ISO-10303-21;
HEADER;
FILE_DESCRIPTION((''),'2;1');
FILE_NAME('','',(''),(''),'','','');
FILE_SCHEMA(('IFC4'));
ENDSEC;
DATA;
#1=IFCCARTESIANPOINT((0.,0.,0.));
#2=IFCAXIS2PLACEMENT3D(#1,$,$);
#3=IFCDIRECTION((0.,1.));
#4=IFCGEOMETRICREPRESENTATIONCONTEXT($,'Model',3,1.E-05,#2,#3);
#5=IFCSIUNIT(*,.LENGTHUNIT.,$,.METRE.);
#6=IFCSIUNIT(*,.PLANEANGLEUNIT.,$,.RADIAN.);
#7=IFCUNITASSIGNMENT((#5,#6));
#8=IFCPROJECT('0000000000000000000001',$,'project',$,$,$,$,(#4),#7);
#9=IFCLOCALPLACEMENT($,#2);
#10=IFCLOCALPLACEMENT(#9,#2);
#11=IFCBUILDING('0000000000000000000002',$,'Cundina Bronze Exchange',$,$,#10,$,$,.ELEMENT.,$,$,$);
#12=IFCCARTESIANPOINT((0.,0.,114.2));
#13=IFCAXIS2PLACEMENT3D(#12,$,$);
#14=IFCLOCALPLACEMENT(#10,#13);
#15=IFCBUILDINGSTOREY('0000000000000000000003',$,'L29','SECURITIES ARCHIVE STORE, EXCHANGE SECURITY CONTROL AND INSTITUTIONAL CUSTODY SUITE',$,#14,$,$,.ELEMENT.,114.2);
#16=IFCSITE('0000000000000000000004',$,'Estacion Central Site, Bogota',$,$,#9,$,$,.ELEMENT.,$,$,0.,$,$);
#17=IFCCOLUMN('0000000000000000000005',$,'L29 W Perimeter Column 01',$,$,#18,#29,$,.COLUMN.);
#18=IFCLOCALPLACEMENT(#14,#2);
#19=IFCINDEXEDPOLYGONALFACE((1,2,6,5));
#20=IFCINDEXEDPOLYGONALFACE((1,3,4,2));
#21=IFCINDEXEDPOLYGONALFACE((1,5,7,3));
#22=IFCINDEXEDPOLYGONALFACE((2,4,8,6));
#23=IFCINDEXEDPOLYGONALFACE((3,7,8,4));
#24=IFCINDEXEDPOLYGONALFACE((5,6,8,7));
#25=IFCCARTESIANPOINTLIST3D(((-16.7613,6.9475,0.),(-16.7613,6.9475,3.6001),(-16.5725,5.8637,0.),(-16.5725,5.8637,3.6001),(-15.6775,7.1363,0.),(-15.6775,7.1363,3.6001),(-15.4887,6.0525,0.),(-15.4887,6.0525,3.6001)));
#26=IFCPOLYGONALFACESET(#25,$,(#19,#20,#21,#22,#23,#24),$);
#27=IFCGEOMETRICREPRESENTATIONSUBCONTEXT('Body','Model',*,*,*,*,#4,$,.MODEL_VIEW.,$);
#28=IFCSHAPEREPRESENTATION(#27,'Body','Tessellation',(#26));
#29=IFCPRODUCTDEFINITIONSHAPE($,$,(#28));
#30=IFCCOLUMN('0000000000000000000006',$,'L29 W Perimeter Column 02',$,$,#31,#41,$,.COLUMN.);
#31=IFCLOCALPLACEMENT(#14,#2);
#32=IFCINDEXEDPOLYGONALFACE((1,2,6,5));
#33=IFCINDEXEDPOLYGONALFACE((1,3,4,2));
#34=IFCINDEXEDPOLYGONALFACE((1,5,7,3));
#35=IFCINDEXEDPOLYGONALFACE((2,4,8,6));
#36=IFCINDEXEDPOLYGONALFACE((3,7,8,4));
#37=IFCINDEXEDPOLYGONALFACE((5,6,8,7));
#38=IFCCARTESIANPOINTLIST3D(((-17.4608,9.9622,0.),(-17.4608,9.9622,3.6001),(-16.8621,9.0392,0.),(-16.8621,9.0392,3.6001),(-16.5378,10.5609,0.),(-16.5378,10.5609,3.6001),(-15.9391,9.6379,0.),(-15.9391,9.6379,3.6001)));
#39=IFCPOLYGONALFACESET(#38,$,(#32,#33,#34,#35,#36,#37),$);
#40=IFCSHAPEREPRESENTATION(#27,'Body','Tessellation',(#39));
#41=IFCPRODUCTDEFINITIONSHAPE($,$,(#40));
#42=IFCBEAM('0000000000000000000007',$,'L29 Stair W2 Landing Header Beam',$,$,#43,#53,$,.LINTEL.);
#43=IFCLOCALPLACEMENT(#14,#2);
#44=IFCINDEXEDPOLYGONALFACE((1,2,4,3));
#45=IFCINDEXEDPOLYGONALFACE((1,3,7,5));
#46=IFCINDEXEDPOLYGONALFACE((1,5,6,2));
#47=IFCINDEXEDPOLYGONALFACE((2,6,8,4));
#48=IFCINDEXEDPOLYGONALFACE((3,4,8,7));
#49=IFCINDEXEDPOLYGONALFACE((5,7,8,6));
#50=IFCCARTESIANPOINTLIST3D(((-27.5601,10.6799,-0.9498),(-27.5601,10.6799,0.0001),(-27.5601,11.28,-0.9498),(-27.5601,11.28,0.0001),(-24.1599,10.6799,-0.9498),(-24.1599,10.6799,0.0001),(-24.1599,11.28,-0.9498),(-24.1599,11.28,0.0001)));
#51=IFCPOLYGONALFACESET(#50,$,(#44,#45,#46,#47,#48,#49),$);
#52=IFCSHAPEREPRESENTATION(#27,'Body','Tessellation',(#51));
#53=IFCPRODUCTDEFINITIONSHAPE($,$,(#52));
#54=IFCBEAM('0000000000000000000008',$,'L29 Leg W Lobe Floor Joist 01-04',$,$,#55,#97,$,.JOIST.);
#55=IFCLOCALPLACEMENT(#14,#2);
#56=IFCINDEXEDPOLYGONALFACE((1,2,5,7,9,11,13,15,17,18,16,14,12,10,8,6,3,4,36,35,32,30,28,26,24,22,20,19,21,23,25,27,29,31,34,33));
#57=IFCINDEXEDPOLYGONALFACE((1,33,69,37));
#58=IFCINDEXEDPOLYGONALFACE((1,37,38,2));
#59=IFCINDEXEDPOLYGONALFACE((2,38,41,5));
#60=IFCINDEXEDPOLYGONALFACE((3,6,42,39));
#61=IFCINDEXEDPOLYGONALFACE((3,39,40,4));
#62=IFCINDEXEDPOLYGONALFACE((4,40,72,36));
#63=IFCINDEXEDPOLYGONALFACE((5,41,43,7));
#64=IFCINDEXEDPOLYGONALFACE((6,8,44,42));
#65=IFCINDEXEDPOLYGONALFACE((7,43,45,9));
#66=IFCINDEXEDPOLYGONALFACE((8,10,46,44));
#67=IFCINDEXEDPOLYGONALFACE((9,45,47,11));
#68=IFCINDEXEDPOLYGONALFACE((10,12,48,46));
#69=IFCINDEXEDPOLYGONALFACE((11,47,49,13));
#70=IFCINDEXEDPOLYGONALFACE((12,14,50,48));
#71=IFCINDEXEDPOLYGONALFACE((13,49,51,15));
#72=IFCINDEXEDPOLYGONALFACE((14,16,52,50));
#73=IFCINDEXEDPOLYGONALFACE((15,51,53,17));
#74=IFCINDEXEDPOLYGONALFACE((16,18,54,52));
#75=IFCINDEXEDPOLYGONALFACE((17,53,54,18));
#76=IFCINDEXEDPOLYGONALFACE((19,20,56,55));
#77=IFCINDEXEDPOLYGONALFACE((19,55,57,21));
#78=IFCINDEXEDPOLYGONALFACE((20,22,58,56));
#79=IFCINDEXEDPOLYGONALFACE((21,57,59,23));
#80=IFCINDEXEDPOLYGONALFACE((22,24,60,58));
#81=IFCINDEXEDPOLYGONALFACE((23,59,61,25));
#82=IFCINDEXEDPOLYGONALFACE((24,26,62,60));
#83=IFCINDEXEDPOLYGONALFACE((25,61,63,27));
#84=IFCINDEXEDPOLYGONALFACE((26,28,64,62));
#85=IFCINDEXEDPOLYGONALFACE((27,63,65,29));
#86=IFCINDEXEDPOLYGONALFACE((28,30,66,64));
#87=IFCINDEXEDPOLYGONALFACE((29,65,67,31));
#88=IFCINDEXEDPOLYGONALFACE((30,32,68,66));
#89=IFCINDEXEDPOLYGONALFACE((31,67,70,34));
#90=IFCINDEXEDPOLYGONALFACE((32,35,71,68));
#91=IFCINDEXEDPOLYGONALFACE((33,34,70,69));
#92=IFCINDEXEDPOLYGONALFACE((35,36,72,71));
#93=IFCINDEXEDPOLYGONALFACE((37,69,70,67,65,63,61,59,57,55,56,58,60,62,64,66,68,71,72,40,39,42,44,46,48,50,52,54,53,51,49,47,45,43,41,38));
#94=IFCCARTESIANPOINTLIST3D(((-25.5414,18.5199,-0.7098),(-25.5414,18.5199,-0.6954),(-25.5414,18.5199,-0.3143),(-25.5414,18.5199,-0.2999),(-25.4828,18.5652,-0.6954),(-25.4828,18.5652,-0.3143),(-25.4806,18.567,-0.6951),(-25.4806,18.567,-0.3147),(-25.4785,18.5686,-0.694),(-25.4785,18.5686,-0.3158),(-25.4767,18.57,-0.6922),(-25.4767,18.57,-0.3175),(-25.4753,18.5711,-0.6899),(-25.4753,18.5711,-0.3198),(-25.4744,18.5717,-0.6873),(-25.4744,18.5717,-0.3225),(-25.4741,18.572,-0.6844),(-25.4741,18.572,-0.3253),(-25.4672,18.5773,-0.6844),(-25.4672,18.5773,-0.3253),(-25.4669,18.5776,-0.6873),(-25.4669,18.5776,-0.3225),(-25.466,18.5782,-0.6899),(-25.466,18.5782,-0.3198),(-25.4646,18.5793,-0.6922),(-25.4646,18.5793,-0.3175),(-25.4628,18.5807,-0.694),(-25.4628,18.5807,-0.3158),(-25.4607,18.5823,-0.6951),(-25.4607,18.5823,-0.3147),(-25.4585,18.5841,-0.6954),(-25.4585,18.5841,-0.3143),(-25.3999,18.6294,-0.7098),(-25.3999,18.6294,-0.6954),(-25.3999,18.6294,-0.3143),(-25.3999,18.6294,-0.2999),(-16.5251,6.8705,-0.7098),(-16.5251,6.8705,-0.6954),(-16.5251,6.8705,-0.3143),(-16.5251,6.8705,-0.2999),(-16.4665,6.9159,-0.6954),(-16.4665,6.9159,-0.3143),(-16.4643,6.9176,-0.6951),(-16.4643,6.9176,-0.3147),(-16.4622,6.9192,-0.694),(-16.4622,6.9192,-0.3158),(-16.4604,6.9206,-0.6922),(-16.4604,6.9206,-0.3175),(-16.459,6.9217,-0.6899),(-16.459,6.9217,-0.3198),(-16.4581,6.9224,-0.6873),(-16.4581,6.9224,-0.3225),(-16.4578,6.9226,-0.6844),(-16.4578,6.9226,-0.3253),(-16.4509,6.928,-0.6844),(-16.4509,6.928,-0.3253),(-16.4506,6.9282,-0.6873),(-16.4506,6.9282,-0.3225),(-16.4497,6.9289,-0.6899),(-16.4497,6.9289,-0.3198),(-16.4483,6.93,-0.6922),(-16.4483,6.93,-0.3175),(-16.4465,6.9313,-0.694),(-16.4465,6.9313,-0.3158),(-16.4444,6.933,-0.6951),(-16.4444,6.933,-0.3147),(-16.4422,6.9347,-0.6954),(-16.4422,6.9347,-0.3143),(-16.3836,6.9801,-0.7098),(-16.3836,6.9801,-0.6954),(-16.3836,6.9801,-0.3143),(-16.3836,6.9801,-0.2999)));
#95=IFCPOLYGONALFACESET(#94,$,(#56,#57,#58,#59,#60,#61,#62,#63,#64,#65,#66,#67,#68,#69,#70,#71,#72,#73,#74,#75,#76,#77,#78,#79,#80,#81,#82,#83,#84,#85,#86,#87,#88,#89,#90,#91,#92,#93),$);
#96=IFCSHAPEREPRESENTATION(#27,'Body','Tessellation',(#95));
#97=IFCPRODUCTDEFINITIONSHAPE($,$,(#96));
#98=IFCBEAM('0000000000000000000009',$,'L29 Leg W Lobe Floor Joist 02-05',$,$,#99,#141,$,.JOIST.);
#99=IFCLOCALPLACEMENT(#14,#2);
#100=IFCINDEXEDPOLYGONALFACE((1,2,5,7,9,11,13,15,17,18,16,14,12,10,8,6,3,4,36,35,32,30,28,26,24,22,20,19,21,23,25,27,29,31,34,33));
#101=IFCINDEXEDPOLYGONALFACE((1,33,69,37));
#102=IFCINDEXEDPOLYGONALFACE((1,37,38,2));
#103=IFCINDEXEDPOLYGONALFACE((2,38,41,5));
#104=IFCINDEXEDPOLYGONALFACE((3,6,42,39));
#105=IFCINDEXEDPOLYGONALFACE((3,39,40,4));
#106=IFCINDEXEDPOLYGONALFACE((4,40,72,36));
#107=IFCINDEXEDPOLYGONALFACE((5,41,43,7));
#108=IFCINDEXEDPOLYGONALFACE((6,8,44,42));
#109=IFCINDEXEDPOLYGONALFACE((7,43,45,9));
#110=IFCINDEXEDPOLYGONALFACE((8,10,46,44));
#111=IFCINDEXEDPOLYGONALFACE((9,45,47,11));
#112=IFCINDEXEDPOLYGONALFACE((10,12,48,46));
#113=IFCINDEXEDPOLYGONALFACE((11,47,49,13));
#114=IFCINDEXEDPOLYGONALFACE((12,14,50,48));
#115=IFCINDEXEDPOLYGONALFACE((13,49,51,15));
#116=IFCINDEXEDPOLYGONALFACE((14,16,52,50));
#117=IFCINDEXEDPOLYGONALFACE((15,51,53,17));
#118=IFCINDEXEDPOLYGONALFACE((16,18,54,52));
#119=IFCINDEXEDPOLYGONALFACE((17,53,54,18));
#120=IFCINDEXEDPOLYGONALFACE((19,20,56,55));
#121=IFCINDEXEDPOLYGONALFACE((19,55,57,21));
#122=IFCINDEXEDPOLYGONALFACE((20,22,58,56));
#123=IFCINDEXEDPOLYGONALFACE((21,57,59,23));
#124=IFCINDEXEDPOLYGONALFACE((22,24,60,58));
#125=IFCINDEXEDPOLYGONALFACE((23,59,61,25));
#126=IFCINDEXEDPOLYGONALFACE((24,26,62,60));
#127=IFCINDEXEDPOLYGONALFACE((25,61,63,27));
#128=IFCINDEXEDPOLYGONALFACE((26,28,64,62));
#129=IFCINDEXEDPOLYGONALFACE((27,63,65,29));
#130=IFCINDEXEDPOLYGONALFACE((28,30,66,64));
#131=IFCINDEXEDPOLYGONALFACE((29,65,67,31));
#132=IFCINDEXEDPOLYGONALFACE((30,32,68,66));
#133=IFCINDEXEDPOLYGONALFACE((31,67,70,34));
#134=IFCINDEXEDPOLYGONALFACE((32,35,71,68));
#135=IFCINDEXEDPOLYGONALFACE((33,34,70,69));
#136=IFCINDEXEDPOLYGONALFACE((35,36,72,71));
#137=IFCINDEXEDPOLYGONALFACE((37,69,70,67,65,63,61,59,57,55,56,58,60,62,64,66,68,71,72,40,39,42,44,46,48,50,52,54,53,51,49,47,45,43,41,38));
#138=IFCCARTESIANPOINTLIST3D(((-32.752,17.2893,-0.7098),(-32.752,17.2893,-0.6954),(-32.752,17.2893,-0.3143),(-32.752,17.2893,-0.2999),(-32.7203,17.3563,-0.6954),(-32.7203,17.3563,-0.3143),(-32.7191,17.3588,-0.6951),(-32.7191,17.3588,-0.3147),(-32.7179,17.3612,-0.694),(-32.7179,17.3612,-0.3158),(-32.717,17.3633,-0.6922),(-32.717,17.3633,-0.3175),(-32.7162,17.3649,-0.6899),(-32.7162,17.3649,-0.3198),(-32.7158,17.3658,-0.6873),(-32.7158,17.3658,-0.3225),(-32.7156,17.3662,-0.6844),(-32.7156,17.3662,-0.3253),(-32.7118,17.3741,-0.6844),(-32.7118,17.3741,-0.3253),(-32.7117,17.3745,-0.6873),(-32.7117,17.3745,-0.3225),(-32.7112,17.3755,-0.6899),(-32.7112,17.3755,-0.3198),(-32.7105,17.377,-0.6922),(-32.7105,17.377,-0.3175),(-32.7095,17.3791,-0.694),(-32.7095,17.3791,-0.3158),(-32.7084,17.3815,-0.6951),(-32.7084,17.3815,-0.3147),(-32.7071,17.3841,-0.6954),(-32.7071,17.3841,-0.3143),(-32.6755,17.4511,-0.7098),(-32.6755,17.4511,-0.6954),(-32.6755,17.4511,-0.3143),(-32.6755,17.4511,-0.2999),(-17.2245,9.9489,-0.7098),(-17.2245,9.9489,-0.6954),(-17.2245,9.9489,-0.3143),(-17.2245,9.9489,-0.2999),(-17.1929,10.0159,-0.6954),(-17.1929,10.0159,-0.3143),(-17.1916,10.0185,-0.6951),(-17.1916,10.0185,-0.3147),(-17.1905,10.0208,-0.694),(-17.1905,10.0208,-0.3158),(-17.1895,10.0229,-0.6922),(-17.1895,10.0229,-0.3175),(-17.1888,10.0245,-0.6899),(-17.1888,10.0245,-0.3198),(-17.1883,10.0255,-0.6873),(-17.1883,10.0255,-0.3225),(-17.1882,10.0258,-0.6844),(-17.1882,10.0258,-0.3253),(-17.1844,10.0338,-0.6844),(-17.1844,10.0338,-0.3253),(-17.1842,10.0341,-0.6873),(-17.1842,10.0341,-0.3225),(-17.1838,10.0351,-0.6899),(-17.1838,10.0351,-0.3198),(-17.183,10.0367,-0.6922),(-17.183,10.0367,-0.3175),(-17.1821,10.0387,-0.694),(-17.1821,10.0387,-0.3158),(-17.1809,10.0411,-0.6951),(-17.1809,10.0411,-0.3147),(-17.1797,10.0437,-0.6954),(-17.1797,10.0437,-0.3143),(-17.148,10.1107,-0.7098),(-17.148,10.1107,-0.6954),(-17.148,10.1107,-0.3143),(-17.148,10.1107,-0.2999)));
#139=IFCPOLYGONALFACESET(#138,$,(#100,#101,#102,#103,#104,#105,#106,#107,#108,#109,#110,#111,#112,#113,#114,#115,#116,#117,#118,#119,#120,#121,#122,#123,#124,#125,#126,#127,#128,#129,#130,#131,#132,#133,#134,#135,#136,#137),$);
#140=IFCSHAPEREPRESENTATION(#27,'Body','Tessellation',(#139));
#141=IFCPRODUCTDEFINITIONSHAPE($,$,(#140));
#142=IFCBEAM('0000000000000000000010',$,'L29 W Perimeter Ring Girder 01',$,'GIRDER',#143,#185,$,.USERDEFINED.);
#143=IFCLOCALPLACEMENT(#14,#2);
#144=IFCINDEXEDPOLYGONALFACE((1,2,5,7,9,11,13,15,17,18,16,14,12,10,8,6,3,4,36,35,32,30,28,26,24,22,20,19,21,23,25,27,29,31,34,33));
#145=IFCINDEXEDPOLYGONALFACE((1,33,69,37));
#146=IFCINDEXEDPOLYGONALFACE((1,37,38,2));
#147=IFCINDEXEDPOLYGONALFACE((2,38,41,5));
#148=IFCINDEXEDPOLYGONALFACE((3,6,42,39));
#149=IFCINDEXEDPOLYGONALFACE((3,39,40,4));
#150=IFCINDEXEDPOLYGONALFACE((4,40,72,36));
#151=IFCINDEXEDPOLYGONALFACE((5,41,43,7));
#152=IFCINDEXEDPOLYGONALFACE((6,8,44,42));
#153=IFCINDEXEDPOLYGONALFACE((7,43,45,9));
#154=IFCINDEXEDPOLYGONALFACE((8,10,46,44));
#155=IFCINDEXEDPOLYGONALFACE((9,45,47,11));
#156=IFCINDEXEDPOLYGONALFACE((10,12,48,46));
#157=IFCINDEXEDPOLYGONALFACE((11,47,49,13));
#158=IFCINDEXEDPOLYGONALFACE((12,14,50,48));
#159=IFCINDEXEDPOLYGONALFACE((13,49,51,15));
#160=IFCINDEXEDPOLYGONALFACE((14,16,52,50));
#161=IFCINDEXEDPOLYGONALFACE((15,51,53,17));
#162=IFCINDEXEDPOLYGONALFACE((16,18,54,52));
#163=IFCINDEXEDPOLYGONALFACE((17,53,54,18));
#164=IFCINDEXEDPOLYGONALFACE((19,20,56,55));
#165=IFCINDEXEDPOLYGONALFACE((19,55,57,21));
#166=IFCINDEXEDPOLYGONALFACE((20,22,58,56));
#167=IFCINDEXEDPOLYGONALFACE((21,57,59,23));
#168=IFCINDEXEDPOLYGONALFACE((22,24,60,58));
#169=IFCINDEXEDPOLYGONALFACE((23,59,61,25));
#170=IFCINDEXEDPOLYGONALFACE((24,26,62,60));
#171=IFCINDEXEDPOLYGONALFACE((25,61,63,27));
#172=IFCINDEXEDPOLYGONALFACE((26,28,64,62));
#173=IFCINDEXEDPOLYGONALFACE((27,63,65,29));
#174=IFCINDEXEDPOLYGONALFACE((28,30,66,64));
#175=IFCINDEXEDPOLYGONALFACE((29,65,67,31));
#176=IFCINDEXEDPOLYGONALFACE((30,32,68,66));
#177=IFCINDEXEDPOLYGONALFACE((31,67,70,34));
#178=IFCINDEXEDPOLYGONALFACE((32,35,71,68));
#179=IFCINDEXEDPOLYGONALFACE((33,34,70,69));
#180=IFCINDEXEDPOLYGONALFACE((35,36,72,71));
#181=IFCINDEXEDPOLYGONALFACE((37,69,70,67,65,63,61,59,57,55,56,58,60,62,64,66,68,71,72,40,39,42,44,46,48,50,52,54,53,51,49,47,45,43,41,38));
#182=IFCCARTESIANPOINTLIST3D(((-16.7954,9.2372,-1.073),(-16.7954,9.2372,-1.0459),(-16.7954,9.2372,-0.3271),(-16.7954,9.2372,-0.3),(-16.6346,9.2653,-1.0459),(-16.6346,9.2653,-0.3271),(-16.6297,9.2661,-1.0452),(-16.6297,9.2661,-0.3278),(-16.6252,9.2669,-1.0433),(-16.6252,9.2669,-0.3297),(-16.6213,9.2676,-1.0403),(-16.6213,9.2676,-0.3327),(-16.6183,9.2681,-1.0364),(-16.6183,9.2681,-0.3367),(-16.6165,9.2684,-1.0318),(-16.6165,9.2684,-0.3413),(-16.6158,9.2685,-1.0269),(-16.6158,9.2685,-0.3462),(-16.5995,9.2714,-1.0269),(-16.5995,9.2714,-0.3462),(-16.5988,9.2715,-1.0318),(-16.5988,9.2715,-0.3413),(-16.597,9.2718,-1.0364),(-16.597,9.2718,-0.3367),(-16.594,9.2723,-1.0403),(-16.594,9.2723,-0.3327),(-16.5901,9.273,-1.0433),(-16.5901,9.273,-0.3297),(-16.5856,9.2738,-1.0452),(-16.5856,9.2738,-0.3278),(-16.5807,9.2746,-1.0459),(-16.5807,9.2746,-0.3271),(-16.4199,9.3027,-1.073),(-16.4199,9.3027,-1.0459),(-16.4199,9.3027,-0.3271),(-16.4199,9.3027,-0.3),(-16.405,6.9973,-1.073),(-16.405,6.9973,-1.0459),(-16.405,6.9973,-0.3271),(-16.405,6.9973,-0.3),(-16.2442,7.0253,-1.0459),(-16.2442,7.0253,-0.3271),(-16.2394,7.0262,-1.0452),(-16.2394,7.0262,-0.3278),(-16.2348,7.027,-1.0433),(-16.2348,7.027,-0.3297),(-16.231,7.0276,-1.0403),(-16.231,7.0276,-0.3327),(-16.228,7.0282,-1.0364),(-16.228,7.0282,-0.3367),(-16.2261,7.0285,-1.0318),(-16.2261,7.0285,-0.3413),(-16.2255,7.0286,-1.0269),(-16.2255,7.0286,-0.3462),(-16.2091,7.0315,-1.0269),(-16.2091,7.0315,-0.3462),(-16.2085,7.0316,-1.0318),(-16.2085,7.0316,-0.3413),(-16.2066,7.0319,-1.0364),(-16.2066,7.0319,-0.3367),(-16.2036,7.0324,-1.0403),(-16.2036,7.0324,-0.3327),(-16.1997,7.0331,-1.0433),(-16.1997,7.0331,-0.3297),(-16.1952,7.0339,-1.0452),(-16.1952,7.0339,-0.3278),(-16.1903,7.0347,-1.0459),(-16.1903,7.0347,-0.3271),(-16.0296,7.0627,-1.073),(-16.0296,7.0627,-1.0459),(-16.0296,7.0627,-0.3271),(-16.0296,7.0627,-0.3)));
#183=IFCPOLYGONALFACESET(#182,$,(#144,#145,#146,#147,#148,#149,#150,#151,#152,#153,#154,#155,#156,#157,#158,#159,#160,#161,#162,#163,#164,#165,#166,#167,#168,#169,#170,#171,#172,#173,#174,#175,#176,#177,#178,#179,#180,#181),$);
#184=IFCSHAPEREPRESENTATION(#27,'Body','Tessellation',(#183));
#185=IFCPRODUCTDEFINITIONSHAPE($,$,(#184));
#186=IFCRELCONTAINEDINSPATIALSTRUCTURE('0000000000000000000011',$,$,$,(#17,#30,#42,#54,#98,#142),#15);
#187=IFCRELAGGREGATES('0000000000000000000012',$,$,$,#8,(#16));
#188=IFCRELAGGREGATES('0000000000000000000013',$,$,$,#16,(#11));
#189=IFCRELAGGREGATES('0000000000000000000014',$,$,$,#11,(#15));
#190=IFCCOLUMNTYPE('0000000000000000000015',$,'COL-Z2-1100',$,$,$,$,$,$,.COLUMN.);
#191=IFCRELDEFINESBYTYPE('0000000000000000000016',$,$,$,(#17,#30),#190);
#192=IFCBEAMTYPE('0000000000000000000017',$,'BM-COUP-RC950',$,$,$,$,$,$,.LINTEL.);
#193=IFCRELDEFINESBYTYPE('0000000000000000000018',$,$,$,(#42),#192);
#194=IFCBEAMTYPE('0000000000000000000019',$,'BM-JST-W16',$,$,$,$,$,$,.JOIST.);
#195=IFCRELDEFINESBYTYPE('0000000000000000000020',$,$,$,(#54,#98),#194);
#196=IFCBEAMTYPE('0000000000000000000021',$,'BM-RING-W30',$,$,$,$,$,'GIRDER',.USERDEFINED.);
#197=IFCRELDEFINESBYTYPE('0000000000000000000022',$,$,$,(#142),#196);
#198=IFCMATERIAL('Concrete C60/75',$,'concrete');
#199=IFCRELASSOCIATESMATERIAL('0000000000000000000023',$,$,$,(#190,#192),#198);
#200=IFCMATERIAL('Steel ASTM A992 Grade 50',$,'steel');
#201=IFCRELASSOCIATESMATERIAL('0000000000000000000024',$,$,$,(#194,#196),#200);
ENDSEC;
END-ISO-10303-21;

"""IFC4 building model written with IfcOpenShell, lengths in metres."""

from ifc_helpers import new_model, si_unit, direction, frame, origin, origin_2d, place, context, subcontext, project, spatial, rectangle, i_section, extrude, material, material_profile, profile_set, type_object, element, save


model = new_model("IFC4")

# Units and contexts
model_context = context("Model", 3, precision=1e-05, world=origin(), true_north=direction((0.0, 1.0)))
body_context = subcontext(model_context, "Body", "Model", "MODEL_VIEW")
ifc_project = project(units=[si_unit("LENGTHUNIT", "METRE"), si_unit("PLANEANGLEUNIT", "RADIAN")], contexts=[model_context])

# Site, building, storey
site_placement = place(None, origin())
site = spatial("IfcSite", under=ifc_project, at=site_placement, Name="Estacion Central Site, Bogota", CompositionType="ELEMENT", RefElevation=0.0)
building_placement = place(site_placement, origin())
building = spatial("IfcBuilding", under=site, at=building_placement, Name="Cundina Bronze Exchange", CompositionType="ELEMENT")
storey_placement = place(building_placement, frame((0.0, 0.0, 114.2)))
storey = spatial("IfcBuildingStorey", under=building, at=storey_placement, Name="L29", Description="SECURITIES ARCHIVE STORE, EXCHANGE SECURITY CONTROL AND INSTITUTIONAL CUSTODY SUITE", CompositionType="ELEMENT", Elevation=114.2)

# Columns
ifc_material_1 = material(Name="Concrete C60/75", Category="concrete")
ifc_material_profile_1 = material_profile(ifc_material_1, rectangle(XDim=1.1001, YDim=1.1001, at=origin_2d()), Name="RC1100X1100", Category="concrete")
ifc_profile_set_1 = profile_set([ifc_material_profile_1], Name="Concrete C60/75")
column_type = type_object("IfcColumnType", Name="COL-Z2-1100", PredefinedType="COLUMN", material=ifc_profile_set_1)
for number, where, z_axis, x_axis, name in (
    (1, (-16.125, 6.5, 0.0), (0.0, 0.0, 1.0), (-0.171585, 0.985169, 0.0), "L29 W Perimeter Column 01"),
    (2, (-16.7, 9.8, 0.0), (0.0, 0.0, 1.0), (-0.5442, 0.838956, 0.0), "L29 W Perimeter Column 02"),
):
    element("IfcColumn", number, at=place(storey_placement, frame(where, z_axis=z_axis, x_axis=x_axis)), inside=storey, type_object=column_type, Name=name, PredefinedType="COLUMN", context=body_context, shape_type="SweptSolid", body=[
        extrude(rectangle(XDim=1.1001, YDim=1.1001, at=origin_2d()), origin(), (0.0, 0.0, 1.0), 3.6001),
    ])

# Beams
ifc_material_profile_2 = material_profile(ifc_material_1, rectangle(XDim=0.6001, YDim=0.95, at=origin_2d()), Name="RC600X950", Category="concrete")
ifc_profile_set_2 = profile_set([ifc_material_profile_2], Name="Concrete C60/75")
beam_type_1 = type_object("IfcBeamType", Name="BM-COUP-RC950", PredefinedType="LINTEL", material=ifc_profile_set_2)
beam_1_placement = place(storey_placement, frame((-27.5601, 10.98, -0.4749), z_axis=(1.0, 0.0, 0.0), x_axis=(0.0, 1.0, 0.0)))
element("IfcBeam", 3, at=beam_1_placement, inside=storey, type_object=beam_type_1, Name="L29 Stair W2 Landing Header Beam", PredefinedType="LINTEL", context=body_context, shape_type="SweptSolid", body=[
    extrude(rectangle(XDim=0.6001, YDim=0.95, at=origin_2d()), origin(), (0.0, 0.0, 1.0), 3.4001),
])
ifc_material_2 = material(Name="Steel ASTM A992 Grade 50", Category="steel")
ifc_material_profile_3 = material_profile(ifc_material_2, i_section(OverallWidth=0.179, OverallDepth=0.4099, WebThickness=0.0088, FlangeThickness=0.0144, FilletRadius=0.011, at=origin_2d()), Name="W16X45", Category="steel")
ifc_profile_set_3 = profile_set([ifc_material_profile_3], Name="Steel ASTM A992 Grade 50")
beam_type_2 = type_object("IfcBeamType", Name="BM-JST-W16", PredefinedType="JOIST", material=ifc_profile_set_3)
beam_2_placement = place(storey_placement, frame((-16.4543, 6.9253, -0.5049), z_axis=(-0.612065, 0.790807, 0.0), x_axis=(-0.790807, -0.612065, 0.0)))
element("IfcBeam", 4, at=beam_2_placement, inside=storey, type_object=beam_type_2, Name="L29 Leg W Lobe Floor Joist 01-04", PredefinedType="JOIST", context=body_context, shape_type="SweptSolid", body=[
    extrude(i_section(OverallWidth=0.179, OverallDepth=0.4099, WebThickness=0.0088, FlangeThickness=0.0144, FilletRadius=0.011, at=origin_2d()), origin(), (0.0, 0.0, 1.0), 14.731),
])
beam_3_placement = place(storey_placement, frame((-17.1863, 10.0298, -0.5049), z_axis=(-0.904069, 0.427386, 0.0), x_axis=(-0.427386, -0.904069, 0.0)))
element("IfcBeam", 5, at=beam_3_placement, inside=storey, type_object=beam_type_2, Name="L29 Leg W Lobe Floor Joist 02-05", PredefinedType="JOIST", context=body_context, shape_type="SweptSolid", body=[
    extrude(i_section(OverallWidth=0.179, OverallDepth=0.4099, WebThickness=0.0088, FlangeThickness=0.0144, FilletRadius=0.011, at=origin_2d()), origin(), (0.0, 0.0, 1.0), 17.175),
])
ifc_material_profile_4 = material_profile(ifc_material_2, i_section(OverallWidth=0.3811, OverallDepth=0.7729, WebThickness=0.0166, FlangeThickness=0.0271, FilletRadius=0.019, at=origin_2d()), Name="W30X173", Category="steel")
ifc_profile_set_4 = profile_set([ifc_material_profile_4], Name="Steel ASTM A992 Grade 50")
beam_type_3 = type_object("IfcBeamType", Name="BM-RING-W30", ElementType="GIRDER", PredefinedType="USERDEFINED", material=ifc_profile_set_4)
beam_4_placement = place(storey_placement, frame((-16.2173, 7.03, -0.6865), z_axis=(-0.17169, 0.985151, 0.0), x_axis=(-0.985151, -0.17169, 0.0)))
element("IfcBeam", 6, at=beam_4_placement, inside=storey, type_object=beam_type_3, Name="L29 W Perimeter Ring Girder 01", ObjectType="GIRDER", PredefinedType="USERDEFINED", context=body_context, shape_type="SweptSolid", body=[
    extrude(i_section(OverallWidth=0.3811, OverallDepth=0.7729, WebThickness=0.0166, FlangeThickness=0.0271, FilletRadius=0.019, at=origin_2d()), origin(), (0.0, 0.0, 1.0), 2.2737),
])

save(model, "model.ifc")
